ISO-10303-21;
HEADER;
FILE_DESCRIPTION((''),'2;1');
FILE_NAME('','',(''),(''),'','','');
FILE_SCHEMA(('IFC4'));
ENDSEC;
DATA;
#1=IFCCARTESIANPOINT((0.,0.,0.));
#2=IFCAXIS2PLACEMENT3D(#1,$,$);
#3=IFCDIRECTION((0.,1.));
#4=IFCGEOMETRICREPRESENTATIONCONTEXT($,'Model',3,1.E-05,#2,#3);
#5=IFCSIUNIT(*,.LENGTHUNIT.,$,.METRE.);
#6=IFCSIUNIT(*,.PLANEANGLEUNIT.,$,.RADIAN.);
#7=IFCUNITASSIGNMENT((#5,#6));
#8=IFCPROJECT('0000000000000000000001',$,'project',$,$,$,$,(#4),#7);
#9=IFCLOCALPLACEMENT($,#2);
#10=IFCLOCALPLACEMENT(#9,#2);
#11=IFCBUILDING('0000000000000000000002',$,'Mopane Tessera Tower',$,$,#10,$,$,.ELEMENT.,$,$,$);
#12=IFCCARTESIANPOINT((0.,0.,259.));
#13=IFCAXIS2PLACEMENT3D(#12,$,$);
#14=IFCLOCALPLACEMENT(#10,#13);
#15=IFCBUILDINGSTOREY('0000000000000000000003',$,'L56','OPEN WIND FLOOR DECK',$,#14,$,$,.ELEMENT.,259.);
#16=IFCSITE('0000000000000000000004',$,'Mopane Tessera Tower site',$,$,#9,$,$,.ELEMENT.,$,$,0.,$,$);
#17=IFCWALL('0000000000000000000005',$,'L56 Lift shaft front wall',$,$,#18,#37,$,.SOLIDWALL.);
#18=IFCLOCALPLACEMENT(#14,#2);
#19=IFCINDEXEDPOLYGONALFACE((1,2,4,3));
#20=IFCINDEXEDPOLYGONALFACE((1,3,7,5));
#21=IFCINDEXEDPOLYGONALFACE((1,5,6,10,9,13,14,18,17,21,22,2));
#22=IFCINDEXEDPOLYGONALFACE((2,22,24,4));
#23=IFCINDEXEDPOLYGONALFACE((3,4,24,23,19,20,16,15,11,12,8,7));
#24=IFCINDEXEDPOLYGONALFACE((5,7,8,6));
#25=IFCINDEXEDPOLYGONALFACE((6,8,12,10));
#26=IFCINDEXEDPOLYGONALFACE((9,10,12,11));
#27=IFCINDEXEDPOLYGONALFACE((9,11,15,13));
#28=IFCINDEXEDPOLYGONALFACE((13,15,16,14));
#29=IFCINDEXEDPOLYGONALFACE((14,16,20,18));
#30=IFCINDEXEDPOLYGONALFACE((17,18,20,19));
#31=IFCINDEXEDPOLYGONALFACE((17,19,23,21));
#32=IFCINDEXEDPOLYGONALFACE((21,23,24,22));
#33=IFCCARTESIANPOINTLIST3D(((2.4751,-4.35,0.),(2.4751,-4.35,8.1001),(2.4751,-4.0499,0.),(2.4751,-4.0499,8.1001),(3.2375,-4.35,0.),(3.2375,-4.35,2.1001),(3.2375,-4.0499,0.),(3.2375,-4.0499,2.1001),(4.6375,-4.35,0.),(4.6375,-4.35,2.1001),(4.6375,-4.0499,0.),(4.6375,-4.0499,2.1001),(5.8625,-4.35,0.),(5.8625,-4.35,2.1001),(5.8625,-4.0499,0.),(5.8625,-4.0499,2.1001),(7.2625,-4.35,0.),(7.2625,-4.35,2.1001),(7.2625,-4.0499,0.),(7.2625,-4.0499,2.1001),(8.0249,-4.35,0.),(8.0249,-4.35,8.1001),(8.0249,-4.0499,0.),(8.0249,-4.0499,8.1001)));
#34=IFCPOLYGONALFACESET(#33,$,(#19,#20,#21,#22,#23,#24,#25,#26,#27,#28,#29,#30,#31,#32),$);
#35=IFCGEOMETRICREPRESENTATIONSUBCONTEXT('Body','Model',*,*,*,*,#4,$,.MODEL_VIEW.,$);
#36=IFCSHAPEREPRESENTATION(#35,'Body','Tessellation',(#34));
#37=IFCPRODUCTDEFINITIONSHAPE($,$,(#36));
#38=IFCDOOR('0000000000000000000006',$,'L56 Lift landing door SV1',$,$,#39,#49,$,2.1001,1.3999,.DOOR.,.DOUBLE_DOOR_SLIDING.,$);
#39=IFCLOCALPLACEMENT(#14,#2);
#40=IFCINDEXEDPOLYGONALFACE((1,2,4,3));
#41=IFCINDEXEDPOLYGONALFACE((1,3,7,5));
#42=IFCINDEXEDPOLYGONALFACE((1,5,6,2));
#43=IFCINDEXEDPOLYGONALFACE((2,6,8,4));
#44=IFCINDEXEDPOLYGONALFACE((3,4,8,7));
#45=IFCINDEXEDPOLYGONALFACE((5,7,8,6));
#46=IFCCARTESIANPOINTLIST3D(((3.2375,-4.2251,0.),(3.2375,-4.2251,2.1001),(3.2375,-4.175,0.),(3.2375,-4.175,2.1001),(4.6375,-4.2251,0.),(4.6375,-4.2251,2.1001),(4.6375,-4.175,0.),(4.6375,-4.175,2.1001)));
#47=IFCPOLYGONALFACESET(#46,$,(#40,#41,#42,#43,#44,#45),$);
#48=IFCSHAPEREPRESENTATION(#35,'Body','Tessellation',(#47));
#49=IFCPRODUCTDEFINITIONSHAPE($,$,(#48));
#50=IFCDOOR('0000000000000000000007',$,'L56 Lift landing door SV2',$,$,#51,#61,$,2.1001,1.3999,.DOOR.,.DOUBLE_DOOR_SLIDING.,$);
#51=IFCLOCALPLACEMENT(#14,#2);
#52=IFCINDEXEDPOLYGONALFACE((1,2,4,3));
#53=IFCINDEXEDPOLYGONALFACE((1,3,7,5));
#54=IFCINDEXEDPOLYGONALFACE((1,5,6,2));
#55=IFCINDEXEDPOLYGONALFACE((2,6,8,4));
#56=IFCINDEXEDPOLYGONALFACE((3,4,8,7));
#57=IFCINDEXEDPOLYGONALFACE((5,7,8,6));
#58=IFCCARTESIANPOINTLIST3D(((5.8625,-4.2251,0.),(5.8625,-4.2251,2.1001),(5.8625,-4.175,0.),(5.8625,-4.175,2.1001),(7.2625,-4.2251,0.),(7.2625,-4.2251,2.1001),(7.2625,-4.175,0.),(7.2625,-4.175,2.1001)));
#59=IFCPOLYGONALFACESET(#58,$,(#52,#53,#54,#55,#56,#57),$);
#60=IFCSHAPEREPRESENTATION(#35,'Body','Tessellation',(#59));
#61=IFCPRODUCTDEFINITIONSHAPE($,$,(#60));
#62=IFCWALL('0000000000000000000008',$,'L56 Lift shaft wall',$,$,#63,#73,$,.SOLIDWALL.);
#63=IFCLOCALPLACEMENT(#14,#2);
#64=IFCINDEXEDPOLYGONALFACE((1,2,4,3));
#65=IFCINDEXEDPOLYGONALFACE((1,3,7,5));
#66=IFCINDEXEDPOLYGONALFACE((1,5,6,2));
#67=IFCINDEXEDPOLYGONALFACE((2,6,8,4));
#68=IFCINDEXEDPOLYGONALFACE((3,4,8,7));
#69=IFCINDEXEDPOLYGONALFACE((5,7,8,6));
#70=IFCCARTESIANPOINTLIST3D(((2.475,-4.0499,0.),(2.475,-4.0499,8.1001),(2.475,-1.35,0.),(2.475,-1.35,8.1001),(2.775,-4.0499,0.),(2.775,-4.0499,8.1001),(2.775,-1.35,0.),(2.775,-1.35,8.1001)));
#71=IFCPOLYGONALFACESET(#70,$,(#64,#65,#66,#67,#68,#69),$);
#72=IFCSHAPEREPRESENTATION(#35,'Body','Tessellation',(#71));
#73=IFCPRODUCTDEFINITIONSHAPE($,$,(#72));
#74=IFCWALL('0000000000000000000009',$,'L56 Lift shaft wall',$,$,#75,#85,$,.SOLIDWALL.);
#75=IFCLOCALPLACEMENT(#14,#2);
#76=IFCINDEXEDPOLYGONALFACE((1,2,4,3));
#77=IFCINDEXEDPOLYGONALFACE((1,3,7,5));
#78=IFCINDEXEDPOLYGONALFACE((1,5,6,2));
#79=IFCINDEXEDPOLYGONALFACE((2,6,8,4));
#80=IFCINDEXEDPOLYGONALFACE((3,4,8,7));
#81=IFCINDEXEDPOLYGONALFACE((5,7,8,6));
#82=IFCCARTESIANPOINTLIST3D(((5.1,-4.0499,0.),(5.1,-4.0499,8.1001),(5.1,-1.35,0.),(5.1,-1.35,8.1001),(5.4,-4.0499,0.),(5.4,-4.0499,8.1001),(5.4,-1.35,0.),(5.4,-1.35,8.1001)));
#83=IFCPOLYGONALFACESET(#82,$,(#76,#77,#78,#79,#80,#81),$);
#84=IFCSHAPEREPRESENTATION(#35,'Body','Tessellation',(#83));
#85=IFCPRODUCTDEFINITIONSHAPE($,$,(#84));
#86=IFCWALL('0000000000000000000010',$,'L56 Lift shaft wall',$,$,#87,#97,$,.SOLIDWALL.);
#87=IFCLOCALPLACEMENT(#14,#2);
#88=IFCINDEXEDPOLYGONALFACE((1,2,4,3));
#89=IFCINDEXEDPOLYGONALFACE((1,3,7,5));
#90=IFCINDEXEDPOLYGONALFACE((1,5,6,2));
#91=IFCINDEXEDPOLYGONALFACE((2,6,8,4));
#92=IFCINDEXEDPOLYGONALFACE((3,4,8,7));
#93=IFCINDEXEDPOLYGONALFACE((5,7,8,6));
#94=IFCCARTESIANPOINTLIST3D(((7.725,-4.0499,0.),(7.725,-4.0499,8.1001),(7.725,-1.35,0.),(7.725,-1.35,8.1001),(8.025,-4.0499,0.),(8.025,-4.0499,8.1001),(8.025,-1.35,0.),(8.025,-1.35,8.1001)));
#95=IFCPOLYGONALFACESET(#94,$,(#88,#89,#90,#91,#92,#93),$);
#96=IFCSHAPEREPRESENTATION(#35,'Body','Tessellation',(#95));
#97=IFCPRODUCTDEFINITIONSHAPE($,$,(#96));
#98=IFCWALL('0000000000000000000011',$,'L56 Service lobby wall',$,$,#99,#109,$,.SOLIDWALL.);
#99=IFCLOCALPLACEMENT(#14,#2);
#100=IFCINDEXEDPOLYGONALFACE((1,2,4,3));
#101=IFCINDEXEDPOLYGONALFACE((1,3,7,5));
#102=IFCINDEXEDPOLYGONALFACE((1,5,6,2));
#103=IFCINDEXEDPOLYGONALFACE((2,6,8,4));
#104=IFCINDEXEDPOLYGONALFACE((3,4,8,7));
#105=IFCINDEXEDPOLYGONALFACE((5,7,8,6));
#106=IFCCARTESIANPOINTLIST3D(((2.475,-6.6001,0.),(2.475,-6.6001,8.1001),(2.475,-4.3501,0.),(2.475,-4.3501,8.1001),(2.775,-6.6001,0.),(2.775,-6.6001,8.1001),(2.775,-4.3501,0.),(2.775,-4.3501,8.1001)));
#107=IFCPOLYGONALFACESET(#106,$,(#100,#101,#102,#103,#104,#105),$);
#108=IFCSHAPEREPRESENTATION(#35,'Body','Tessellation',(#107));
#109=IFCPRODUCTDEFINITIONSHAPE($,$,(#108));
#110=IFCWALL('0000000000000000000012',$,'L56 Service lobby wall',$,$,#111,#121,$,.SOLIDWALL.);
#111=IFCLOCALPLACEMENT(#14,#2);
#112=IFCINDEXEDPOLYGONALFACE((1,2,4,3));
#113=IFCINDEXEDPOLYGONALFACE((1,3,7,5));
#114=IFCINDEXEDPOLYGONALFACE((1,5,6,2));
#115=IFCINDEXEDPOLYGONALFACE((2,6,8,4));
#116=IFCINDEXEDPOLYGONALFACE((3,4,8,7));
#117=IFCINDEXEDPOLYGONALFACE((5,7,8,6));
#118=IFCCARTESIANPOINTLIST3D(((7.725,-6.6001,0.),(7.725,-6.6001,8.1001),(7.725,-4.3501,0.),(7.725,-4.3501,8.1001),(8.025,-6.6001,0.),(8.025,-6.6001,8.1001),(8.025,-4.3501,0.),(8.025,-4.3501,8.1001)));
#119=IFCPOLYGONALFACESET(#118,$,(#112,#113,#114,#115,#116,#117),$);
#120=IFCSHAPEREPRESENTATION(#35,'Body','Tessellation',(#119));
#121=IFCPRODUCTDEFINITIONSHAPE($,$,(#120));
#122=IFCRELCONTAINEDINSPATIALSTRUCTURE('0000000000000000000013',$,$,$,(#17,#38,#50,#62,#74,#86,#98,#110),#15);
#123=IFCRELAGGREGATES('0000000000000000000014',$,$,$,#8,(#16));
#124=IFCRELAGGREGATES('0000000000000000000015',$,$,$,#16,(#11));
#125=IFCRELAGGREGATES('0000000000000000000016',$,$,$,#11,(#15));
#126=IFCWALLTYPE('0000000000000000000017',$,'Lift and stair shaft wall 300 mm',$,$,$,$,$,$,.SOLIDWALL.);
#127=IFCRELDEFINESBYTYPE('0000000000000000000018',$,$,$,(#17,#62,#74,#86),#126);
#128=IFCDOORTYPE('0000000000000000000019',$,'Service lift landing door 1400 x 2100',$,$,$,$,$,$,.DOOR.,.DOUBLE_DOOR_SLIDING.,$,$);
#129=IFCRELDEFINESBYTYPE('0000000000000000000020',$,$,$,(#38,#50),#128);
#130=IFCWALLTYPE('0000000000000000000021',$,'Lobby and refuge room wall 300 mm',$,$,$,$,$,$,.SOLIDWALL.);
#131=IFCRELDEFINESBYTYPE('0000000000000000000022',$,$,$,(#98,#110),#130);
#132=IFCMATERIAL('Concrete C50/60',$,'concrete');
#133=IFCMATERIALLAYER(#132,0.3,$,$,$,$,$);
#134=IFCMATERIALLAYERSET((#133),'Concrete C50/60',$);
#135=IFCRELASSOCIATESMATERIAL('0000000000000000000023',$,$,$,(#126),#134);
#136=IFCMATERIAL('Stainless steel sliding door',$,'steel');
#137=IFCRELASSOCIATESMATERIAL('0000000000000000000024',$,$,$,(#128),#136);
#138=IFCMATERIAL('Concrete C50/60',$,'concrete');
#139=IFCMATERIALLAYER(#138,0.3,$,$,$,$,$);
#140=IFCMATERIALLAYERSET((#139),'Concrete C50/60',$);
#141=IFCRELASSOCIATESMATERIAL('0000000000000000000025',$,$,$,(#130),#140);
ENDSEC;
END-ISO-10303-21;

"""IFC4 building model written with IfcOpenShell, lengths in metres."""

from ifc_helpers import new_model, si_unit, direction, frame, frame_2d, origin, place, context, subcontext, project, spatial, rectangle, extrude, material, layer, layer_set, type_object, element, fill, save


model = new_model("IFC4")

# Units and contexts
model_context = context("Model", 3, precision=1e-05, world=origin(), true_north=direction((0.0, 1.0)))
body_context = subcontext(model_context, "Body", "Model", "MODEL_VIEW")
ifc_project = project(units=[si_unit("LENGTHUNIT", "METRE"), si_unit("PLANEANGLEUNIT", "RADIAN")], contexts=[model_context])

# Site, building, storey
site_placement = place(None, origin())
site = spatial("IfcSite", under=ifc_project, at=site_placement, Name="Mopane Tessera Tower site", CompositionType="ELEMENT", RefElevation=0.0)
building_placement = place(site_placement, origin())
building = spatial("IfcBuilding", under=site, at=building_placement, Name="Mopane Tessera Tower", CompositionType="ELEMENT")
storey_placement = place(building_placement, frame((0.0, 0.0, 259.0)))
storey = spatial("IfcBuildingStorey", under=building, at=storey_placement, Name="L56", Description="OPEN WIND FLOOR DECK", CompositionType="ELEMENT", Elevation=259.0)

# Wall, openings, doors
ifc_material_1 = material(Name="Concrete C50/60", Category="concrete")
ifc_layer_1 = layer(ifc_material_1, 0.3)
ifc_layer_set_1 = layer_set([ifc_layer_1], Name="Concrete C50/60")
wall_type_1 = type_object("IfcWallType", Name="Lift and stair shaft wall 300 mm", PredefinedType="SOLIDWALL", material=ifc_layer_set_1)
wall_1_placement = place(storey_placement, frame((2.4751, -4.2, 0.0), z_axis=(0.0, 0.0, 1.0), x_axis=(1.0, 0.0, 0.0)))
wall_1 = element("IfcWall", 1, at=wall_1_placement, inside=storey, type_object=wall_type_1, Name="L56 Lift shaft front wall", PredefinedType="SOLIDWALL", context=body_context, shape_type="SweptSolid", body=[
    extrude(rectangle(XDim=5.5498, YDim=0.3, at=frame_2d((2.7749, 0.0))), origin(), (0.0, 0.0, 1.0), 8.1001),
])
opening_1_placement = place(wall_1_placement, frame((0.7625, 0.0, 0.0)))
opening_1 = element("IfcOpeningElement", 2, at=opening_1_placement, cuts=wall_1, PredefinedType="OPENING", context=body_context, shape_type="SweptSolid", body=[
    extrude(rectangle(XDim=1.3999, YDim=2.1001, at=frame_2d((0.7, 1.05))), frame((0.0, 0.1621, 0.0), z_axis=(0.0, -1.0, 0.0), x_axis=(1.0, 0.0, 0.0)), (0.0, 0.0, 1.0), 0.324),
])
opening_2_placement = place(wall_1_placement, frame((3.3875, 0.0, 0.0)))
opening_2 = element("IfcOpeningElement", 3, at=opening_2_placement, cuts=wall_1, PredefinedType="OPENING", context=body_context, shape_type="SweptSolid", body=[
    extrude(rectangle(XDim=1.3999, YDim=2.1001, at=frame_2d((0.7, 1.05))), frame((0.0, 0.1621, 0.0), z_axis=(0.0, -1.0, 0.0), x_axis=(1.0, 0.0, 0.0)), (0.0, 0.0, 1.0), 0.324),
])
ifc_material_2 = material(Name="Stainless steel sliding door", Category="steel")
door_type = type_object("IfcDoorType", Name="Service lift landing door 1400 x 2100", OperationType="DOUBLE_DOOR_SLIDING", PredefinedType="DOOR", material=ifc_material_2)
door_1_placement = place(opening_1_placement, origin())
door_1 = element("IfcDoor", 4, at=door_1_placement, inside=storey, type_object=door_type, Name="L56 Lift landing door SV1", OperationType="DOUBLE_DOOR_SLIDING", OverallHeight=2.1001, OverallWidth=1.3999, PredefinedType="DOOR", context=body_context, shape_type="SweptSolid", body=[
    extrude(rectangle(XDim=1.3999, YDim=2.1001, at=frame_2d((0.7, 1.05))), frame((0.0, 0.0249, 0.0), z_axis=(0.0, -1.0, 0.0), x_axis=(1.0, 0.0, 0.0)), (0.0, 0.0, 1.0), 0.05),
])
fill(opening_1, door_1)
door_2_placement = place(opening_2_placement, origin())
door_2 = element("IfcDoor", 5, at=door_2_placement, inside=storey, type_object=door_type, Name="L56 Lift landing door SV2", OperationType="DOUBLE_DOOR_SLIDING", OverallHeight=2.1001, OverallWidth=1.3999, PredefinedType="DOOR", context=body_context, shape_type="SweptSolid", body=[
    extrude(rectangle(XDim=1.3999, YDim=2.1001, at=frame_2d((0.7, 1.05))), frame((0.0, 0.0249, 0.0), z_axis=(0.0, -1.0, 0.0), x_axis=(1.0, 0.0, 0.0)), (0.0, 0.0, 1.0), 0.05),
])
fill(opening_2, door_2)

# Walls
for number, where, z_axis, x_axis, name in (
    (6, (2.625, -4.05, 0.0), (0.0, 0.0, 1.0), (0.0, 1.0, 0.0), "L56 Lift shaft wall"),
    (7, (5.25, -4.05, 0.0), (0.0, 0.0, 1.0), (0.0, 1.0, 0.0), "L56 Lift shaft wall"),
    (8, (7.875, -4.05, 0.0), (0.0, 0.0, 1.0), (0.0, 1.0, 0.0), "L56 Lift shaft wall"),
):
    element("IfcWall", number, at=place(storey_placement, frame(where, z_axis=z_axis, x_axis=x_axis)), inside=storey, type_object=wall_type_1, Name=name, PredefinedType="SOLIDWALL", context=body_context, shape_type="SweptSolid", body=[
        extrude(rectangle(XDim=2.7, YDim=0.3, at=frame_2d((1.3501, 0.0))), origin(), (0.0, 0.0, 1.0), 8.1001),
    ])
ifc_material_3 = material(Name="Concrete C50/60", Category="concrete")
ifc_layer_2 = layer(ifc_material_3, 0.3)
ifc_layer_set_2 = layer_set([ifc_layer_2], Name="Concrete C50/60")
wall_type_2 = type_object("IfcWallType", Name="Lobby and refuge room wall 300 mm", PredefinedType="SOLIDWALL", material=ifc_layer_set_2)
for number, where, z_axis, x_axis, name in (
    (9, (2.625, -6.6001, 0.0), (0.0, 0.0, 1.0), (0.0, 1.0, 0.0), "L56 Service lobby wall"),
    (10, (7.875, -6.6001, 0.0), (0.0, 0.0, 1.0), (0.0, 1.0, 0.0), "L56 Service lobby wall"),
):
    element("IfcWall", number, at=place(storey_placement, frame(where, z_axis=z_axis, x_axis=x_axis)), inside=storey, type_object=wall_type_2, Name=name, PredefinedType="SOLIDWALL", context=body_context, shape_type="SweptSolid", body=[
        extrude(rectangle(XDim=2.25, YDim=0.3, at=frame_2d((1.125, 0.0))), origin(), (0.0, 0.0, 1.0), 8.1001),
    ])

save(model, "model.ifc")
